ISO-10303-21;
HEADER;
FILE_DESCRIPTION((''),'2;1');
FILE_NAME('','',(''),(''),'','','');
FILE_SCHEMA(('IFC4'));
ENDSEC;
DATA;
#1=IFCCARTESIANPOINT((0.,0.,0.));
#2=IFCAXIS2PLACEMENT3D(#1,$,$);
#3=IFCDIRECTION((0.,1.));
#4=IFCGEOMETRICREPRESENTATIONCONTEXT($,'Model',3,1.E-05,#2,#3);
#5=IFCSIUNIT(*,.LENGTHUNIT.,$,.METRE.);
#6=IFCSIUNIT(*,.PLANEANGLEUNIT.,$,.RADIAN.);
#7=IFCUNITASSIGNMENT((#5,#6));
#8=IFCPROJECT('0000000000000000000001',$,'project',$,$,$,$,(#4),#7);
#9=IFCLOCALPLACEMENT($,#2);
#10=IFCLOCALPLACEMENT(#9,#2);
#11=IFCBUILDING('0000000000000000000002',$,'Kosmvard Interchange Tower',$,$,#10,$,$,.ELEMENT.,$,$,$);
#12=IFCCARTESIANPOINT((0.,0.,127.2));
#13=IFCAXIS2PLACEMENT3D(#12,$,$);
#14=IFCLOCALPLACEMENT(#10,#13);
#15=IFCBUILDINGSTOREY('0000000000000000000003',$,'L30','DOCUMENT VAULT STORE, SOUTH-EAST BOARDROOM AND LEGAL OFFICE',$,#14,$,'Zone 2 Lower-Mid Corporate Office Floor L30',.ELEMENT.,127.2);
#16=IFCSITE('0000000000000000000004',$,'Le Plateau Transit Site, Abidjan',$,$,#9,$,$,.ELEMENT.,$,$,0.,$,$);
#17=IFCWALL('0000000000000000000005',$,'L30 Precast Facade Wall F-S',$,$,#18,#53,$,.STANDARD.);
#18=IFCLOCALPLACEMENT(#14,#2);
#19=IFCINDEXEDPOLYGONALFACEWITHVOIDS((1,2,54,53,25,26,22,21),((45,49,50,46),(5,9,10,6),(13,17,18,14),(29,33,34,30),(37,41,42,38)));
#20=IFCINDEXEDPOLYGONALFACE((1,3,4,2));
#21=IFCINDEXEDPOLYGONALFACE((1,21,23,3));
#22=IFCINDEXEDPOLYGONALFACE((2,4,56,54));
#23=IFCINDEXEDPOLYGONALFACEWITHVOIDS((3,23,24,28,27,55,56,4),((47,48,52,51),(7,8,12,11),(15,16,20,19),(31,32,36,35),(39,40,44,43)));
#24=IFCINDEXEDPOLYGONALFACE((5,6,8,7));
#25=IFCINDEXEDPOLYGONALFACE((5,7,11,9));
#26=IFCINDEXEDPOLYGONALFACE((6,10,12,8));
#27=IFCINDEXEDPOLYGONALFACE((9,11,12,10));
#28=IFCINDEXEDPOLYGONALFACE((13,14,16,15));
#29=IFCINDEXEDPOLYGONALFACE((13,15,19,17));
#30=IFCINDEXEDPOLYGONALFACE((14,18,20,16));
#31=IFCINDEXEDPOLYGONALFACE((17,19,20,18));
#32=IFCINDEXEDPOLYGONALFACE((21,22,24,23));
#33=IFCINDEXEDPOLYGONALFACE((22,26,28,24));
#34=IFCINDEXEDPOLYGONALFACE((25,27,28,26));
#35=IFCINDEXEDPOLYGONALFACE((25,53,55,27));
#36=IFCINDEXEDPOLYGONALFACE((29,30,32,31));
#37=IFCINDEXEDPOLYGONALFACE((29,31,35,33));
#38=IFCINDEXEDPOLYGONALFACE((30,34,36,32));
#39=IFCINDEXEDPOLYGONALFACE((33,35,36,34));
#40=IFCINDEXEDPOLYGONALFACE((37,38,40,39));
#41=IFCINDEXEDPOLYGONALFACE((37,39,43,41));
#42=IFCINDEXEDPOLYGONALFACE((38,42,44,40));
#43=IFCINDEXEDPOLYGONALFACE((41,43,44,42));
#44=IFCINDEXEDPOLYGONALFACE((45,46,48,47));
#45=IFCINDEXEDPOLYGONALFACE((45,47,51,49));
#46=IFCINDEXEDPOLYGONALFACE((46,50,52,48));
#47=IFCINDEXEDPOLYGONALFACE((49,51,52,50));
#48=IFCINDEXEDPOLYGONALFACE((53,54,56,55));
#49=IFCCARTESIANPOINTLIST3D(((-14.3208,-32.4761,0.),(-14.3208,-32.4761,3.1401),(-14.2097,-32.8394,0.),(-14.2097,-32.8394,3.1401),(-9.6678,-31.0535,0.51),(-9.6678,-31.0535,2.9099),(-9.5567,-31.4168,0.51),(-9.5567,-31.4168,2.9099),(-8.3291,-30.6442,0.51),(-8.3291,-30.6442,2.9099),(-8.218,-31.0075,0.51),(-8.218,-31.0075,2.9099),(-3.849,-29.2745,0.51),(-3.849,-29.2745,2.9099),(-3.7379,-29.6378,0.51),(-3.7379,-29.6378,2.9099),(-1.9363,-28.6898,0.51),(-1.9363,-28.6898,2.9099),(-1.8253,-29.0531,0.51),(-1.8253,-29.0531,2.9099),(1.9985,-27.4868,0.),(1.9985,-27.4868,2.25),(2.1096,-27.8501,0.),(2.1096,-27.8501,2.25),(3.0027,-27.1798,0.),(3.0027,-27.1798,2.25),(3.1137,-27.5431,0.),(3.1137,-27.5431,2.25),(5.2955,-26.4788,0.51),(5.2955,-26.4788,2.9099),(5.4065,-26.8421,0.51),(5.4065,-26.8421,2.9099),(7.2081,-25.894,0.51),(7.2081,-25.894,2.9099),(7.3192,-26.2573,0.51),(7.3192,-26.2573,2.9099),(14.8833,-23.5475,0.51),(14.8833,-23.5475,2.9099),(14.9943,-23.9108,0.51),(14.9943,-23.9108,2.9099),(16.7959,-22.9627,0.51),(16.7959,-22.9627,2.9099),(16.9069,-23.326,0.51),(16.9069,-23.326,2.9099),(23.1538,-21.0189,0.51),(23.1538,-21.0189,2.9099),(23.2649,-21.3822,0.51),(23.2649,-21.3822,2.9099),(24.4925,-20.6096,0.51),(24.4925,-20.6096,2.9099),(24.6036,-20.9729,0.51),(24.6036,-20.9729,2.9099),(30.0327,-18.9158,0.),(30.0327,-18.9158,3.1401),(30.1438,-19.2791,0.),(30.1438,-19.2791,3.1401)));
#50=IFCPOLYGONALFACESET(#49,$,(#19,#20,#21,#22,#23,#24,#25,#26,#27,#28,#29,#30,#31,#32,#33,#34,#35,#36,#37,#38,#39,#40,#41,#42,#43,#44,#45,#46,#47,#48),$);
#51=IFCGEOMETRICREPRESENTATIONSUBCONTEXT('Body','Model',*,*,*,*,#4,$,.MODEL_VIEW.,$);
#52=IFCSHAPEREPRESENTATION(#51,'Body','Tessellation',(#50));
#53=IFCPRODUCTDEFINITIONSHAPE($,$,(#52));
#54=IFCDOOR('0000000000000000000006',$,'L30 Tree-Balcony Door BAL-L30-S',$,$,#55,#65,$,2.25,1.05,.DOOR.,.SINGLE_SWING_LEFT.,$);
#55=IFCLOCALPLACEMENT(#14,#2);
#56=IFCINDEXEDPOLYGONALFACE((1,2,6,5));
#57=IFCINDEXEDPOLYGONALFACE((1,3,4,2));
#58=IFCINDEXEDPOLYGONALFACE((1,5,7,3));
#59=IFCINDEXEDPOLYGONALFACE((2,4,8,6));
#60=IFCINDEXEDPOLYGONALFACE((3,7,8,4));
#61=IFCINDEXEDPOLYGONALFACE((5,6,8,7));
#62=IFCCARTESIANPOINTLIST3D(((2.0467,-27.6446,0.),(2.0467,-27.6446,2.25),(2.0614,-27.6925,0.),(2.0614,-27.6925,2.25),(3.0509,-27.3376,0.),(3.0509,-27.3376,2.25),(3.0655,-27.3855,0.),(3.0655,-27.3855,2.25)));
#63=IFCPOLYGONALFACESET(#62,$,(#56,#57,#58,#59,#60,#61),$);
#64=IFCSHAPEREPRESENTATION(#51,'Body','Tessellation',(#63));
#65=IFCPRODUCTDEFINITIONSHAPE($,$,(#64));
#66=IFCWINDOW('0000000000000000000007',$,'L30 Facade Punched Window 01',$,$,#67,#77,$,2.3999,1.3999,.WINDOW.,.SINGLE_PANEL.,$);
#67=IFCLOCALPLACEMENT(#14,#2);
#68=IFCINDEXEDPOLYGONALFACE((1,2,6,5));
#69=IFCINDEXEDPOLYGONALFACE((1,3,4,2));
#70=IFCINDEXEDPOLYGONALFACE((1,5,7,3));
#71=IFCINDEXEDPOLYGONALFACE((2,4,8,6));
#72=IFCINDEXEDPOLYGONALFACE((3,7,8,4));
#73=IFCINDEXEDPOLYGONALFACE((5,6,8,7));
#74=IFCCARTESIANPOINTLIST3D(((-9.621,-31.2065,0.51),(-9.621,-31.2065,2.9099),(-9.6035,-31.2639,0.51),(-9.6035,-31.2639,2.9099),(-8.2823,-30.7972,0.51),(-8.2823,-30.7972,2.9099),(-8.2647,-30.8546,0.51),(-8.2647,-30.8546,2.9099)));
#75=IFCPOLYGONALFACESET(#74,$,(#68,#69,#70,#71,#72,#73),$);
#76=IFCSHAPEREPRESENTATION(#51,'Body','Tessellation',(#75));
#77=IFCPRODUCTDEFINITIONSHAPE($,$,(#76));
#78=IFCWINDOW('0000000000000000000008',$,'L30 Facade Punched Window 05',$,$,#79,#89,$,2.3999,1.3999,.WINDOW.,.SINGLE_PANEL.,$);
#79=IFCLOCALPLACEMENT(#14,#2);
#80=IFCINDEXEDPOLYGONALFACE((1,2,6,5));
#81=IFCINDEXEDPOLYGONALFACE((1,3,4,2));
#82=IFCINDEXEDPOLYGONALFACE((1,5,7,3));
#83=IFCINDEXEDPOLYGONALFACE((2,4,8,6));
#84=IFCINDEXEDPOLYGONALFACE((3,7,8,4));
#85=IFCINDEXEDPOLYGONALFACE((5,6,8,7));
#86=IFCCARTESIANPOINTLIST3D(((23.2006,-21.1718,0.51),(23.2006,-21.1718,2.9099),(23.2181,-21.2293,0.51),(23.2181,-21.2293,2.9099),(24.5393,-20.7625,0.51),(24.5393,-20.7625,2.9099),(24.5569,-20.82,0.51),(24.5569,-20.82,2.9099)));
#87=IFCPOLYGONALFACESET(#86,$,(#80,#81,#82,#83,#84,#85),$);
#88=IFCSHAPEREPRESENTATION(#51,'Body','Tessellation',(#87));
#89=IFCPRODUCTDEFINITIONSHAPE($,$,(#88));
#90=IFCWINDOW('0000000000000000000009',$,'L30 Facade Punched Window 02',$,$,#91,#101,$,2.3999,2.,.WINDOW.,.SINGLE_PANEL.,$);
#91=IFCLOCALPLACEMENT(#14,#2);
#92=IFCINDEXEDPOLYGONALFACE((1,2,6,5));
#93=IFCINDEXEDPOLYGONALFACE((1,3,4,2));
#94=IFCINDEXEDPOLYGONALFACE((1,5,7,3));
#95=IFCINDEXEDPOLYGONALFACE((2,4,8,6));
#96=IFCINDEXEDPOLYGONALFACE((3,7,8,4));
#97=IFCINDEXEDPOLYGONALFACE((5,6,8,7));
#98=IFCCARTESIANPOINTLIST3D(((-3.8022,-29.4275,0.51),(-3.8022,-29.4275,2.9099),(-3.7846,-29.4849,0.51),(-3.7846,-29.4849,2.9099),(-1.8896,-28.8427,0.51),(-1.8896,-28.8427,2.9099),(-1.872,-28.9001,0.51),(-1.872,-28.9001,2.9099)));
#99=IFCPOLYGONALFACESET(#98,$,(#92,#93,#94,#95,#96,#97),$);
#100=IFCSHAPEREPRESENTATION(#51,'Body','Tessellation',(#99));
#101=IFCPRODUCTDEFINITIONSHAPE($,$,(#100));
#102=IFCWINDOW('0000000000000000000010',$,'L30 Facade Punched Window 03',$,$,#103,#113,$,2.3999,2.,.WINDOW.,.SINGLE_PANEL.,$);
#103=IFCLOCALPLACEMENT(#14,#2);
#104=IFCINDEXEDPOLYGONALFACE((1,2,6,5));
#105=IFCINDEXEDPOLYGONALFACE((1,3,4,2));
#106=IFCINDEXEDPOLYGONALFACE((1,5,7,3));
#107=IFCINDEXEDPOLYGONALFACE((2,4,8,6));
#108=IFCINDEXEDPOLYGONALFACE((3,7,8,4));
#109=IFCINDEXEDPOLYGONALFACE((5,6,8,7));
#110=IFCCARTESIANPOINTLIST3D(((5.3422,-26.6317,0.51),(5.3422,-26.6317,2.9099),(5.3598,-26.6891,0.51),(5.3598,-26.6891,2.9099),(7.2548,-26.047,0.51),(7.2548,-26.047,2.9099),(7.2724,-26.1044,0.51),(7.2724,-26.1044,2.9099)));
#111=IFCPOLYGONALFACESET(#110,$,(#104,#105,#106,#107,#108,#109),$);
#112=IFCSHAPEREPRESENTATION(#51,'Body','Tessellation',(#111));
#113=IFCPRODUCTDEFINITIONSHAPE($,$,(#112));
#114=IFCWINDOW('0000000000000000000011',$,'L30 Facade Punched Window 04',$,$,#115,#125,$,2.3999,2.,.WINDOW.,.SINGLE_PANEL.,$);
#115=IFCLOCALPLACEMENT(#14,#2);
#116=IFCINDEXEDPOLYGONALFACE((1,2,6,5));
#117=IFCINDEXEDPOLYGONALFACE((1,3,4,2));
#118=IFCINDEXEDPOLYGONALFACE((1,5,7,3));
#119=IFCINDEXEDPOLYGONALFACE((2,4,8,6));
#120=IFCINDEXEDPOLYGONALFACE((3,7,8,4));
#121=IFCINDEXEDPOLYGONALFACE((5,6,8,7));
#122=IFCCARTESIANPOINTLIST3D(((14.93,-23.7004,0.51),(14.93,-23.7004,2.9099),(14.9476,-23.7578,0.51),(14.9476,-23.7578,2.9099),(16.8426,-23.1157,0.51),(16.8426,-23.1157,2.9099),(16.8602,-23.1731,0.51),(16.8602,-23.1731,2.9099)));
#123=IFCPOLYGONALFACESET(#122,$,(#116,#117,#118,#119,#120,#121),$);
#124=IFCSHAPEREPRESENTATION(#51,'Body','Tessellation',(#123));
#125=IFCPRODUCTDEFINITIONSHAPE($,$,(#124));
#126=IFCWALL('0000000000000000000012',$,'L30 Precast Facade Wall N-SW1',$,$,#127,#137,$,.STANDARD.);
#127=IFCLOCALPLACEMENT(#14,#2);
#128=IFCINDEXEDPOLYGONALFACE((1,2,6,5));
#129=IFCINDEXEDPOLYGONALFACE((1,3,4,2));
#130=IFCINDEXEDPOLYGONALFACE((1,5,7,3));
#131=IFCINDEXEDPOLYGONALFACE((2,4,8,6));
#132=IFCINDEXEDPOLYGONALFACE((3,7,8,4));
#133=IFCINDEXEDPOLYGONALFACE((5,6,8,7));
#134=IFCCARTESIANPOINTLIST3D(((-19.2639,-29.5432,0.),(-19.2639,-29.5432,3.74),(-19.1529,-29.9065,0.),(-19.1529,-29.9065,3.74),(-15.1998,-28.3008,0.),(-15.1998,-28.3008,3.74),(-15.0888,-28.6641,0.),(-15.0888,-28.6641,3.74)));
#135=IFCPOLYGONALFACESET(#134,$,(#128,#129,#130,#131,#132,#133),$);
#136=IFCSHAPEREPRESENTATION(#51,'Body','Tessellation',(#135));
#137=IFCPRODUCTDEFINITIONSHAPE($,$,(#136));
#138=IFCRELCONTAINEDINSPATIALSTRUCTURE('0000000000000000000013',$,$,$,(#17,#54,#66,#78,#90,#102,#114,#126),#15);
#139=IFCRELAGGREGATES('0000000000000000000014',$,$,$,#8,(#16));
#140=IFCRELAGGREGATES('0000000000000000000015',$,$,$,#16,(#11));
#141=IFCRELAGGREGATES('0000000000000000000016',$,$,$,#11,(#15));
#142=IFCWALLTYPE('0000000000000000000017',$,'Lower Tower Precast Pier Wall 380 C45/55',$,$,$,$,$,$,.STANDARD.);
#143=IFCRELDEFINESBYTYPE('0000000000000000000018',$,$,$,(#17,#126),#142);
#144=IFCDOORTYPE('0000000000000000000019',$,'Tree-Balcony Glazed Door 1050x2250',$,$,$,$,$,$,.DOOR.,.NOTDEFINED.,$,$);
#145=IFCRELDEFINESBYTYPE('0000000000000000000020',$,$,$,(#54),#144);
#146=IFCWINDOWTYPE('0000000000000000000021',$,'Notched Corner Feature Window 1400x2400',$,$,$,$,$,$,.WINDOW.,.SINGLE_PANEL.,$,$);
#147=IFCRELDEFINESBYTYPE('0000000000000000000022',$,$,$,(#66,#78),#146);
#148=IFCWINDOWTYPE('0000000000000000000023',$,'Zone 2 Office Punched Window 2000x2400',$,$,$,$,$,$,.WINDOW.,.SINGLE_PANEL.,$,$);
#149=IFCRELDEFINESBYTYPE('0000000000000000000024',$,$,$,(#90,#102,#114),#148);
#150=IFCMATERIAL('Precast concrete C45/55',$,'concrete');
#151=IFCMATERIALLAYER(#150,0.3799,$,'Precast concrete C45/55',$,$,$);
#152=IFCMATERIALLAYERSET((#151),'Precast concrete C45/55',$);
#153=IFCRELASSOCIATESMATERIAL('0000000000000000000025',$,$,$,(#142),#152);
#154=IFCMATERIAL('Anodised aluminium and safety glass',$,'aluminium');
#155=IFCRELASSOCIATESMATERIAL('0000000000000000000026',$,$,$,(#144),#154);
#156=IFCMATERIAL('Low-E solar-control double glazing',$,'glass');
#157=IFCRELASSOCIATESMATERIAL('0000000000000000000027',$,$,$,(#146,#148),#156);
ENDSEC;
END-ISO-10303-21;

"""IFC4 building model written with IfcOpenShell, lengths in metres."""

from ifc_helpers import new_model, si_unit, direction, frame, frame_2d, origin, place, context, subcontext, project, spatial, rectangle, extrude, source, transform, mapped, material, layer, layer_set, type_object, element, fill, save


model = new_model("IFC4")

# Units and contexts
model_context = context("Model", 3, precision=1e-05, world=origin(), true_north=direction((0.0, 1.0)))
body_context = subcontext(model_context, "Body", "Model", "MODEL_VIEW")
ifc_project = project(units=[si_unit("LENGTHUNIT", "METRE"), si_unit("PLANEANGLEUNIT", "RADIAN")], contexts=[model_context])

# Site, building, storey
site_placement = place(None, origin())
site = spatial("IfcSite", under=ifc_project, at=site_placement, Name="Le Plateau Transit Site, Abidjan", CompositionType="ELEMENT", RefElevation=0.0)
building_placement = place(site_placement, origin())
building = spatial("IfcBuilding", under=site, at=building_placement, Name="Kosmvard Interchange Tower", CompositionType="ELEMENT")
storey_placement = place(building_placement, frame((0.0, 0.0, 127.2)))
storey = spatial("IfcBuildingStorey", under=building, at=storey_placement, Name="L30", Description="DOCUMENT VAULT STORE, SOUTH-EAST BOARDROOM AND LEGAL OFFICE", LongName="Zone 2 Lower-Mid Corporate Office Floor L30", CompositionType="ELEMENT", Elevation=127.2)

# Shared definitions
ifc_material_1 = material(Name="Precast concrete C45/55", Category="concrete")

# Wall, openings, door, windows
ifc_layer_1 = layer(ifc_material_1, 0.3799, Name="Precast concrete C45/55")
ifc_layer_set_1 = layer_set([ifc_layer_1], Name="Precast concrete C45/55")
wall_type = type_object("IfcWallType", Name="Lower Tower Precast Pier Wall 380 C45/55", PredefinedType="STANDARD", material=ifc_layer_set_1)
wall_1_placement = place(storey_placement, frame((-14.2651, -32.6577, 0.0), z_axis=(0.0, 0.0, 1.0), x_axis=(0.956304, 0.292373, 0.0)))
wall_1 = element("IfcWall", 1, at=wall_1_placement, inside=storey, type_object=wall_type, Name="L30 Precast Facade Wall F-S", PredefinedType="STANDARD", context=body_context, shape_type="SweptSolid", body=[
    extrude(rectangle(XDim=46.3801, YDim=0.3799, at=frame_2d((23.1899, 0.0))), origin(), (0.0, 0.0, 1.0), 3.1401),
])
opening_1_placement = place(wall_1_placement, frame((17.0649, 0.0, 0.0)))
opening_1 = element("IfcOpeningElement", 2, at=opening_1_placement, cuts=wall_1, PredefinedType="OPENING", context=body_context, shape_type="SweptSolid", body=[
    extrude(rectangle(XDim=1.05, YDim=2.25, at=frame_2d((0.5249, 1.125))), frame((0.0, 0.2, 0.0), z_axis=(0.0, -1.0, 0.0), x_axis=(1.0, 0.0, 0.0)), (0.0, 0.0, 1.0), 0.3999),
])
opening_2_placement = place(wall_1_placement, frame((4.8655, 0.0, 0.51)))
opening_2 = element("IfcOpeningElement", 3, at=opening_2_placement, cuts=wall_1, PredefinedType="OPENING", context=body_context, shape_type="SweptSolid", body=[
    extrude(rectangle(XDim=1.3999, YDim=2.3999, at=frame_2d((0.7, 1.2))), frame((0.0, 0.2, 0.0), z_axis=(0.0, -1.0, 0.0), x_axis=(1.0, 0.0, 0.0)), (0.0, 0.0, 1.0), 0.3999),
])
opening_3_placement = place(wall_1_placement, frame((10.9502, 0.0, 0.51)))
opening_3 = element("IfcOpeningElement", 4, at=opening_3_placement, cuts=wall_1, PredefinedType="OPENING", context=body_context, shape_type="SweptSolid", body=[
    extrude(rectangle(XDim=2.0, YDim=2.3999, at=frame_2d((1.0, 1.2))), frame((0.0, 0.2, 0.0), z_axis=(0.0, -1.0, 0.0), x_axis=(1.0, 0.0, 0.0)), (0.0, 0.0, 1.0), 0.3999),
])
opening_4_placement = place(wall_1_placement, frame((20.5125, 0.0, 0.51)))
opening_4 = element("IfcOpeningElement", 5, at=opening_4_placement, cuts=wall_1, PredefinedType="OPENING", context=body_context, shape_type="SweptSolid", body=[
    extrude(rectangle(XDim=2.0, YDim=2.3999, at=frame_2d((1.0, 1.2))), frame((0.0, 0.2, 0.0), z_axis=(0.0, -1.0, 0.0), x_axis=(1.0, 0.0, 0.0)), (0.0, 0.0, 1.0), 0.3999),
])
opening_5_placement = place(wall_1_placement, frame((30.5383, 0.0, 0.51)))
opening_5 = element("IfcOpeningElement", 6, at=opening_5_placement, cuts=wall_1, PredefinedType="OPENING", context=body_context, shape_type="SweptSolid", body=[
    extrude(rectangle(XDim=2.0, YDim=2.3999, at=frame_2d((1.0, 1.2))), frame((0.0, 0.2, 0.0), z_axis=(0.0, -1.0, 0.0), x_axis=(1.0, 0.0, 0.0)), (0.0, 0.0, 1.0), 0.3999),
])
opening_6_placement = place(wall_1_placement, frame((39.1868, 0.0, 0.51)))
opening_6 = element("IfcOpeningElement", 7, at=opening_6_placement, cuts=wall_1, PredefinedType="OPENING", context=body_context, shape_type="SweptSolid", body=[
    extrude(rectangle(XDim=1.3999, YDim=2.3999, at=frame_2d((0.7, 1.2))), frame((0.0, 0.2, 0.0), z_axis=(0.0, -1.0, 0.0), x_axis=(1.0, 0.0, 0.0)), (0.0, 0.0, 1.0), 0.3999),
])
ifc_material_2 = material(Name="Anodised aluminium and safety glass", Category="aluminium")
door_type = type_object("IfcDoorType", Name="Tree-Balcony Glazed Door 1050x2250", OperationType="NOTDEFINED", PredefinedType="DOOR", material=ifc_material_2)
shared_shape_1 = source(origin(), body_context, "Body", "SweptSolid", [
    extrude(rectangle(XDim=1.05, YDim=2.25, at=frame_2d((0.5249, 1.125))), frame((0.0, 0.0249, 0.0), z_axis=(0.0, -1.0, 0.0), x_axis=(1.0, 0.0, 0.0)), (0.0, 0.0, 1.0), 0.05),
])
door_placement = place(opening_1_placement, origin())
door = element("IfcDoor", 8, at=door_placement, inside=storey, type_object=door_type, Name="L30 Tree-Balcony Door BAL-L30-S", OperationType="SINGLE_SWING_LEFT", OverallHeight=2.25, OverallWidth=1.05, PredefinedType="DOOR", context=body_context, shape_type="MappedRepresentation", body=[
    mapped(shared_shape_1, transform((0.0, 0.0, 0.0), scale=1.0)),
])
fill(opening_1, door)
ifc_material_3 = material(Name="Low-E solar-control double glazing", Category="glass")
window_type_1 = type_object("IfcWindowType", Name="Notched Corner Feature Window 1400x2400", PartitioningType="SINGLE_PANEL", PredefinedType="WINDOW", material=ifc_material_3)
shared_shape_2 = source(origin(), body_context, "Body", "SweptSolid", [
    extrude(rectangle(XDim=1.3999, YDim=2.3999, at=frame_2d((0.7, 1.2))), frame((0.0, 0.03, 0.0), z_axis=(0.0, -1.0, 0.0), x_axis=(1.0, 0.0, 0.0)), (0.0, 0.0, 1.0), 0.0601),
])
window_1_placement = place(opening_2_placement, origin())
window_1 = element("IfcWindow", 9, at=window_1_placement, inside=storey, type_object=window_type_1, Name="L30 Facade Punched Window 01", OverallHeight=2.3999, OverallWidth=1.3999, PartitioningType="SINGLE_PANEL", PredefinedType="WINDOW", context=body_context, shape_type="MappedRepresentation", body=[
    mapped(shared_shape_2, transform((0.0, 0.0, 0.0), scale=1.0)),
])
fill(opening_2, window_1)
window_2_placement = place(opening_6_placement, origin())
window_2 = element("IfcWindow", 10, at=window_2_placement, inside=storey, type_object=window_type_1, Name="L30 Facade Punched Window 05", OverallHeight=2.3999, OverallWidth=1.3999, PartitioningType="SINGLE_PANEL", PredefinedType="WINDOW", context=body_context, shape_type="MappedRepresentation", body=[
    mapped(shared_shape_2, transform((0.0, 0.0, 0.0), scale=1.0)),
])
fill(opening_6, window_2)
window_type_2 = type_object("IfcWindowType", Name="Zone 2 Office Punched Window 2000x2400", PartitioningType="SINGLE_PANEL", PredefinedType="WINDOW", material=ifc_material_3)
shared_shape_3 = source(origin(), body_context, "Body", "SweptSolid", [
    extrude(rectangle(XDim=2.0, YDim=2.3999, at=frame_2d((1.0, 1.2))), frame((0.0, 0.03, 0.0), z_axis=(0.0, -1.0, 0.0), x_axis=(1.0, 0.0, 0.0)), (0.0, 0.0, 1.0), 0.0601),
])
window_3_placement = place(opening_3_placement, origin())
window_3 = element("IfcWindow", 11, at=window_3_placement, inside=storey, type_object=window_type_2, Name="L30 Facade Punched Window 02", OverallHeight=2.3999, OverallWidth=2.0, PartitioningType="SINGLE_PANEL", PredefinedType="WINDOW", context=body_context, shape_type="MappedRepresentation", body=[
    mapped(shared_shape_3, transform((0.0, 0.0, 0.0), scale=1.0)),
])
fill(opening_3, window_3)
window_4_placement = place(opening_4_placement, origin())
window_4 = element("IfcWindow", 12, at=window_4_placement, inside=storey, type_object=window_type_2, Name="L30 Facade Punched Window 03", OverallHeight=2.3999, OverallWidth=2.0, PartitioningType="SINGLE_PANEL", PredefinedType="WINDOW", context=body_context, shape_type="MappedRepresentation", body=[
    mapped(shared_shape_3, transform((0.0, 0.0, 0.0), scale=1.0)),
])
fill(opening_4, window_4)
window_5_placement = place(opening_5_placement, origin())
window_5 = element("IfcWindow", 13, at=window_5_placement, inside=storey, type_object=window_type_2, Name="L30 Facade Punched Window 04", OverallHeight=2.3999, OverallWidth=2.0, PartitioningType="SINGLE_PANEL", PredefinedType="WINDOW", context=body_context, shape_type="MappedRepresentation", body=[
    mapped(shared_shape_3, transform((0.0, 0.0, 0.0), scale=1.0)),
])
fill(opening_5, window_5)

# Wall
wall_2_placement = place(storey_placement, frame((-19.2085, -29.7249, 0.0), z_axis=(0.0, 0.0, 1.0), x_axis=(0.956313, 0.292346, 0.0)))
element("IfcWall", 14, at=wall_2_placement, inside=storey, type_object=wall_type, Name="L30 Precast Facade Wall N-SW1", PredefinedType="STANDARD", context=body_context, shape_type="SweptSolid", body=[
    extrude(rectangle(XDim=4.2498, YDim=0.3799, at=frame_2d((2.125, 0.0))), origin(), (0.0, 0.0, 1.0), 3.74),
])

save(model, "model.ifc")
